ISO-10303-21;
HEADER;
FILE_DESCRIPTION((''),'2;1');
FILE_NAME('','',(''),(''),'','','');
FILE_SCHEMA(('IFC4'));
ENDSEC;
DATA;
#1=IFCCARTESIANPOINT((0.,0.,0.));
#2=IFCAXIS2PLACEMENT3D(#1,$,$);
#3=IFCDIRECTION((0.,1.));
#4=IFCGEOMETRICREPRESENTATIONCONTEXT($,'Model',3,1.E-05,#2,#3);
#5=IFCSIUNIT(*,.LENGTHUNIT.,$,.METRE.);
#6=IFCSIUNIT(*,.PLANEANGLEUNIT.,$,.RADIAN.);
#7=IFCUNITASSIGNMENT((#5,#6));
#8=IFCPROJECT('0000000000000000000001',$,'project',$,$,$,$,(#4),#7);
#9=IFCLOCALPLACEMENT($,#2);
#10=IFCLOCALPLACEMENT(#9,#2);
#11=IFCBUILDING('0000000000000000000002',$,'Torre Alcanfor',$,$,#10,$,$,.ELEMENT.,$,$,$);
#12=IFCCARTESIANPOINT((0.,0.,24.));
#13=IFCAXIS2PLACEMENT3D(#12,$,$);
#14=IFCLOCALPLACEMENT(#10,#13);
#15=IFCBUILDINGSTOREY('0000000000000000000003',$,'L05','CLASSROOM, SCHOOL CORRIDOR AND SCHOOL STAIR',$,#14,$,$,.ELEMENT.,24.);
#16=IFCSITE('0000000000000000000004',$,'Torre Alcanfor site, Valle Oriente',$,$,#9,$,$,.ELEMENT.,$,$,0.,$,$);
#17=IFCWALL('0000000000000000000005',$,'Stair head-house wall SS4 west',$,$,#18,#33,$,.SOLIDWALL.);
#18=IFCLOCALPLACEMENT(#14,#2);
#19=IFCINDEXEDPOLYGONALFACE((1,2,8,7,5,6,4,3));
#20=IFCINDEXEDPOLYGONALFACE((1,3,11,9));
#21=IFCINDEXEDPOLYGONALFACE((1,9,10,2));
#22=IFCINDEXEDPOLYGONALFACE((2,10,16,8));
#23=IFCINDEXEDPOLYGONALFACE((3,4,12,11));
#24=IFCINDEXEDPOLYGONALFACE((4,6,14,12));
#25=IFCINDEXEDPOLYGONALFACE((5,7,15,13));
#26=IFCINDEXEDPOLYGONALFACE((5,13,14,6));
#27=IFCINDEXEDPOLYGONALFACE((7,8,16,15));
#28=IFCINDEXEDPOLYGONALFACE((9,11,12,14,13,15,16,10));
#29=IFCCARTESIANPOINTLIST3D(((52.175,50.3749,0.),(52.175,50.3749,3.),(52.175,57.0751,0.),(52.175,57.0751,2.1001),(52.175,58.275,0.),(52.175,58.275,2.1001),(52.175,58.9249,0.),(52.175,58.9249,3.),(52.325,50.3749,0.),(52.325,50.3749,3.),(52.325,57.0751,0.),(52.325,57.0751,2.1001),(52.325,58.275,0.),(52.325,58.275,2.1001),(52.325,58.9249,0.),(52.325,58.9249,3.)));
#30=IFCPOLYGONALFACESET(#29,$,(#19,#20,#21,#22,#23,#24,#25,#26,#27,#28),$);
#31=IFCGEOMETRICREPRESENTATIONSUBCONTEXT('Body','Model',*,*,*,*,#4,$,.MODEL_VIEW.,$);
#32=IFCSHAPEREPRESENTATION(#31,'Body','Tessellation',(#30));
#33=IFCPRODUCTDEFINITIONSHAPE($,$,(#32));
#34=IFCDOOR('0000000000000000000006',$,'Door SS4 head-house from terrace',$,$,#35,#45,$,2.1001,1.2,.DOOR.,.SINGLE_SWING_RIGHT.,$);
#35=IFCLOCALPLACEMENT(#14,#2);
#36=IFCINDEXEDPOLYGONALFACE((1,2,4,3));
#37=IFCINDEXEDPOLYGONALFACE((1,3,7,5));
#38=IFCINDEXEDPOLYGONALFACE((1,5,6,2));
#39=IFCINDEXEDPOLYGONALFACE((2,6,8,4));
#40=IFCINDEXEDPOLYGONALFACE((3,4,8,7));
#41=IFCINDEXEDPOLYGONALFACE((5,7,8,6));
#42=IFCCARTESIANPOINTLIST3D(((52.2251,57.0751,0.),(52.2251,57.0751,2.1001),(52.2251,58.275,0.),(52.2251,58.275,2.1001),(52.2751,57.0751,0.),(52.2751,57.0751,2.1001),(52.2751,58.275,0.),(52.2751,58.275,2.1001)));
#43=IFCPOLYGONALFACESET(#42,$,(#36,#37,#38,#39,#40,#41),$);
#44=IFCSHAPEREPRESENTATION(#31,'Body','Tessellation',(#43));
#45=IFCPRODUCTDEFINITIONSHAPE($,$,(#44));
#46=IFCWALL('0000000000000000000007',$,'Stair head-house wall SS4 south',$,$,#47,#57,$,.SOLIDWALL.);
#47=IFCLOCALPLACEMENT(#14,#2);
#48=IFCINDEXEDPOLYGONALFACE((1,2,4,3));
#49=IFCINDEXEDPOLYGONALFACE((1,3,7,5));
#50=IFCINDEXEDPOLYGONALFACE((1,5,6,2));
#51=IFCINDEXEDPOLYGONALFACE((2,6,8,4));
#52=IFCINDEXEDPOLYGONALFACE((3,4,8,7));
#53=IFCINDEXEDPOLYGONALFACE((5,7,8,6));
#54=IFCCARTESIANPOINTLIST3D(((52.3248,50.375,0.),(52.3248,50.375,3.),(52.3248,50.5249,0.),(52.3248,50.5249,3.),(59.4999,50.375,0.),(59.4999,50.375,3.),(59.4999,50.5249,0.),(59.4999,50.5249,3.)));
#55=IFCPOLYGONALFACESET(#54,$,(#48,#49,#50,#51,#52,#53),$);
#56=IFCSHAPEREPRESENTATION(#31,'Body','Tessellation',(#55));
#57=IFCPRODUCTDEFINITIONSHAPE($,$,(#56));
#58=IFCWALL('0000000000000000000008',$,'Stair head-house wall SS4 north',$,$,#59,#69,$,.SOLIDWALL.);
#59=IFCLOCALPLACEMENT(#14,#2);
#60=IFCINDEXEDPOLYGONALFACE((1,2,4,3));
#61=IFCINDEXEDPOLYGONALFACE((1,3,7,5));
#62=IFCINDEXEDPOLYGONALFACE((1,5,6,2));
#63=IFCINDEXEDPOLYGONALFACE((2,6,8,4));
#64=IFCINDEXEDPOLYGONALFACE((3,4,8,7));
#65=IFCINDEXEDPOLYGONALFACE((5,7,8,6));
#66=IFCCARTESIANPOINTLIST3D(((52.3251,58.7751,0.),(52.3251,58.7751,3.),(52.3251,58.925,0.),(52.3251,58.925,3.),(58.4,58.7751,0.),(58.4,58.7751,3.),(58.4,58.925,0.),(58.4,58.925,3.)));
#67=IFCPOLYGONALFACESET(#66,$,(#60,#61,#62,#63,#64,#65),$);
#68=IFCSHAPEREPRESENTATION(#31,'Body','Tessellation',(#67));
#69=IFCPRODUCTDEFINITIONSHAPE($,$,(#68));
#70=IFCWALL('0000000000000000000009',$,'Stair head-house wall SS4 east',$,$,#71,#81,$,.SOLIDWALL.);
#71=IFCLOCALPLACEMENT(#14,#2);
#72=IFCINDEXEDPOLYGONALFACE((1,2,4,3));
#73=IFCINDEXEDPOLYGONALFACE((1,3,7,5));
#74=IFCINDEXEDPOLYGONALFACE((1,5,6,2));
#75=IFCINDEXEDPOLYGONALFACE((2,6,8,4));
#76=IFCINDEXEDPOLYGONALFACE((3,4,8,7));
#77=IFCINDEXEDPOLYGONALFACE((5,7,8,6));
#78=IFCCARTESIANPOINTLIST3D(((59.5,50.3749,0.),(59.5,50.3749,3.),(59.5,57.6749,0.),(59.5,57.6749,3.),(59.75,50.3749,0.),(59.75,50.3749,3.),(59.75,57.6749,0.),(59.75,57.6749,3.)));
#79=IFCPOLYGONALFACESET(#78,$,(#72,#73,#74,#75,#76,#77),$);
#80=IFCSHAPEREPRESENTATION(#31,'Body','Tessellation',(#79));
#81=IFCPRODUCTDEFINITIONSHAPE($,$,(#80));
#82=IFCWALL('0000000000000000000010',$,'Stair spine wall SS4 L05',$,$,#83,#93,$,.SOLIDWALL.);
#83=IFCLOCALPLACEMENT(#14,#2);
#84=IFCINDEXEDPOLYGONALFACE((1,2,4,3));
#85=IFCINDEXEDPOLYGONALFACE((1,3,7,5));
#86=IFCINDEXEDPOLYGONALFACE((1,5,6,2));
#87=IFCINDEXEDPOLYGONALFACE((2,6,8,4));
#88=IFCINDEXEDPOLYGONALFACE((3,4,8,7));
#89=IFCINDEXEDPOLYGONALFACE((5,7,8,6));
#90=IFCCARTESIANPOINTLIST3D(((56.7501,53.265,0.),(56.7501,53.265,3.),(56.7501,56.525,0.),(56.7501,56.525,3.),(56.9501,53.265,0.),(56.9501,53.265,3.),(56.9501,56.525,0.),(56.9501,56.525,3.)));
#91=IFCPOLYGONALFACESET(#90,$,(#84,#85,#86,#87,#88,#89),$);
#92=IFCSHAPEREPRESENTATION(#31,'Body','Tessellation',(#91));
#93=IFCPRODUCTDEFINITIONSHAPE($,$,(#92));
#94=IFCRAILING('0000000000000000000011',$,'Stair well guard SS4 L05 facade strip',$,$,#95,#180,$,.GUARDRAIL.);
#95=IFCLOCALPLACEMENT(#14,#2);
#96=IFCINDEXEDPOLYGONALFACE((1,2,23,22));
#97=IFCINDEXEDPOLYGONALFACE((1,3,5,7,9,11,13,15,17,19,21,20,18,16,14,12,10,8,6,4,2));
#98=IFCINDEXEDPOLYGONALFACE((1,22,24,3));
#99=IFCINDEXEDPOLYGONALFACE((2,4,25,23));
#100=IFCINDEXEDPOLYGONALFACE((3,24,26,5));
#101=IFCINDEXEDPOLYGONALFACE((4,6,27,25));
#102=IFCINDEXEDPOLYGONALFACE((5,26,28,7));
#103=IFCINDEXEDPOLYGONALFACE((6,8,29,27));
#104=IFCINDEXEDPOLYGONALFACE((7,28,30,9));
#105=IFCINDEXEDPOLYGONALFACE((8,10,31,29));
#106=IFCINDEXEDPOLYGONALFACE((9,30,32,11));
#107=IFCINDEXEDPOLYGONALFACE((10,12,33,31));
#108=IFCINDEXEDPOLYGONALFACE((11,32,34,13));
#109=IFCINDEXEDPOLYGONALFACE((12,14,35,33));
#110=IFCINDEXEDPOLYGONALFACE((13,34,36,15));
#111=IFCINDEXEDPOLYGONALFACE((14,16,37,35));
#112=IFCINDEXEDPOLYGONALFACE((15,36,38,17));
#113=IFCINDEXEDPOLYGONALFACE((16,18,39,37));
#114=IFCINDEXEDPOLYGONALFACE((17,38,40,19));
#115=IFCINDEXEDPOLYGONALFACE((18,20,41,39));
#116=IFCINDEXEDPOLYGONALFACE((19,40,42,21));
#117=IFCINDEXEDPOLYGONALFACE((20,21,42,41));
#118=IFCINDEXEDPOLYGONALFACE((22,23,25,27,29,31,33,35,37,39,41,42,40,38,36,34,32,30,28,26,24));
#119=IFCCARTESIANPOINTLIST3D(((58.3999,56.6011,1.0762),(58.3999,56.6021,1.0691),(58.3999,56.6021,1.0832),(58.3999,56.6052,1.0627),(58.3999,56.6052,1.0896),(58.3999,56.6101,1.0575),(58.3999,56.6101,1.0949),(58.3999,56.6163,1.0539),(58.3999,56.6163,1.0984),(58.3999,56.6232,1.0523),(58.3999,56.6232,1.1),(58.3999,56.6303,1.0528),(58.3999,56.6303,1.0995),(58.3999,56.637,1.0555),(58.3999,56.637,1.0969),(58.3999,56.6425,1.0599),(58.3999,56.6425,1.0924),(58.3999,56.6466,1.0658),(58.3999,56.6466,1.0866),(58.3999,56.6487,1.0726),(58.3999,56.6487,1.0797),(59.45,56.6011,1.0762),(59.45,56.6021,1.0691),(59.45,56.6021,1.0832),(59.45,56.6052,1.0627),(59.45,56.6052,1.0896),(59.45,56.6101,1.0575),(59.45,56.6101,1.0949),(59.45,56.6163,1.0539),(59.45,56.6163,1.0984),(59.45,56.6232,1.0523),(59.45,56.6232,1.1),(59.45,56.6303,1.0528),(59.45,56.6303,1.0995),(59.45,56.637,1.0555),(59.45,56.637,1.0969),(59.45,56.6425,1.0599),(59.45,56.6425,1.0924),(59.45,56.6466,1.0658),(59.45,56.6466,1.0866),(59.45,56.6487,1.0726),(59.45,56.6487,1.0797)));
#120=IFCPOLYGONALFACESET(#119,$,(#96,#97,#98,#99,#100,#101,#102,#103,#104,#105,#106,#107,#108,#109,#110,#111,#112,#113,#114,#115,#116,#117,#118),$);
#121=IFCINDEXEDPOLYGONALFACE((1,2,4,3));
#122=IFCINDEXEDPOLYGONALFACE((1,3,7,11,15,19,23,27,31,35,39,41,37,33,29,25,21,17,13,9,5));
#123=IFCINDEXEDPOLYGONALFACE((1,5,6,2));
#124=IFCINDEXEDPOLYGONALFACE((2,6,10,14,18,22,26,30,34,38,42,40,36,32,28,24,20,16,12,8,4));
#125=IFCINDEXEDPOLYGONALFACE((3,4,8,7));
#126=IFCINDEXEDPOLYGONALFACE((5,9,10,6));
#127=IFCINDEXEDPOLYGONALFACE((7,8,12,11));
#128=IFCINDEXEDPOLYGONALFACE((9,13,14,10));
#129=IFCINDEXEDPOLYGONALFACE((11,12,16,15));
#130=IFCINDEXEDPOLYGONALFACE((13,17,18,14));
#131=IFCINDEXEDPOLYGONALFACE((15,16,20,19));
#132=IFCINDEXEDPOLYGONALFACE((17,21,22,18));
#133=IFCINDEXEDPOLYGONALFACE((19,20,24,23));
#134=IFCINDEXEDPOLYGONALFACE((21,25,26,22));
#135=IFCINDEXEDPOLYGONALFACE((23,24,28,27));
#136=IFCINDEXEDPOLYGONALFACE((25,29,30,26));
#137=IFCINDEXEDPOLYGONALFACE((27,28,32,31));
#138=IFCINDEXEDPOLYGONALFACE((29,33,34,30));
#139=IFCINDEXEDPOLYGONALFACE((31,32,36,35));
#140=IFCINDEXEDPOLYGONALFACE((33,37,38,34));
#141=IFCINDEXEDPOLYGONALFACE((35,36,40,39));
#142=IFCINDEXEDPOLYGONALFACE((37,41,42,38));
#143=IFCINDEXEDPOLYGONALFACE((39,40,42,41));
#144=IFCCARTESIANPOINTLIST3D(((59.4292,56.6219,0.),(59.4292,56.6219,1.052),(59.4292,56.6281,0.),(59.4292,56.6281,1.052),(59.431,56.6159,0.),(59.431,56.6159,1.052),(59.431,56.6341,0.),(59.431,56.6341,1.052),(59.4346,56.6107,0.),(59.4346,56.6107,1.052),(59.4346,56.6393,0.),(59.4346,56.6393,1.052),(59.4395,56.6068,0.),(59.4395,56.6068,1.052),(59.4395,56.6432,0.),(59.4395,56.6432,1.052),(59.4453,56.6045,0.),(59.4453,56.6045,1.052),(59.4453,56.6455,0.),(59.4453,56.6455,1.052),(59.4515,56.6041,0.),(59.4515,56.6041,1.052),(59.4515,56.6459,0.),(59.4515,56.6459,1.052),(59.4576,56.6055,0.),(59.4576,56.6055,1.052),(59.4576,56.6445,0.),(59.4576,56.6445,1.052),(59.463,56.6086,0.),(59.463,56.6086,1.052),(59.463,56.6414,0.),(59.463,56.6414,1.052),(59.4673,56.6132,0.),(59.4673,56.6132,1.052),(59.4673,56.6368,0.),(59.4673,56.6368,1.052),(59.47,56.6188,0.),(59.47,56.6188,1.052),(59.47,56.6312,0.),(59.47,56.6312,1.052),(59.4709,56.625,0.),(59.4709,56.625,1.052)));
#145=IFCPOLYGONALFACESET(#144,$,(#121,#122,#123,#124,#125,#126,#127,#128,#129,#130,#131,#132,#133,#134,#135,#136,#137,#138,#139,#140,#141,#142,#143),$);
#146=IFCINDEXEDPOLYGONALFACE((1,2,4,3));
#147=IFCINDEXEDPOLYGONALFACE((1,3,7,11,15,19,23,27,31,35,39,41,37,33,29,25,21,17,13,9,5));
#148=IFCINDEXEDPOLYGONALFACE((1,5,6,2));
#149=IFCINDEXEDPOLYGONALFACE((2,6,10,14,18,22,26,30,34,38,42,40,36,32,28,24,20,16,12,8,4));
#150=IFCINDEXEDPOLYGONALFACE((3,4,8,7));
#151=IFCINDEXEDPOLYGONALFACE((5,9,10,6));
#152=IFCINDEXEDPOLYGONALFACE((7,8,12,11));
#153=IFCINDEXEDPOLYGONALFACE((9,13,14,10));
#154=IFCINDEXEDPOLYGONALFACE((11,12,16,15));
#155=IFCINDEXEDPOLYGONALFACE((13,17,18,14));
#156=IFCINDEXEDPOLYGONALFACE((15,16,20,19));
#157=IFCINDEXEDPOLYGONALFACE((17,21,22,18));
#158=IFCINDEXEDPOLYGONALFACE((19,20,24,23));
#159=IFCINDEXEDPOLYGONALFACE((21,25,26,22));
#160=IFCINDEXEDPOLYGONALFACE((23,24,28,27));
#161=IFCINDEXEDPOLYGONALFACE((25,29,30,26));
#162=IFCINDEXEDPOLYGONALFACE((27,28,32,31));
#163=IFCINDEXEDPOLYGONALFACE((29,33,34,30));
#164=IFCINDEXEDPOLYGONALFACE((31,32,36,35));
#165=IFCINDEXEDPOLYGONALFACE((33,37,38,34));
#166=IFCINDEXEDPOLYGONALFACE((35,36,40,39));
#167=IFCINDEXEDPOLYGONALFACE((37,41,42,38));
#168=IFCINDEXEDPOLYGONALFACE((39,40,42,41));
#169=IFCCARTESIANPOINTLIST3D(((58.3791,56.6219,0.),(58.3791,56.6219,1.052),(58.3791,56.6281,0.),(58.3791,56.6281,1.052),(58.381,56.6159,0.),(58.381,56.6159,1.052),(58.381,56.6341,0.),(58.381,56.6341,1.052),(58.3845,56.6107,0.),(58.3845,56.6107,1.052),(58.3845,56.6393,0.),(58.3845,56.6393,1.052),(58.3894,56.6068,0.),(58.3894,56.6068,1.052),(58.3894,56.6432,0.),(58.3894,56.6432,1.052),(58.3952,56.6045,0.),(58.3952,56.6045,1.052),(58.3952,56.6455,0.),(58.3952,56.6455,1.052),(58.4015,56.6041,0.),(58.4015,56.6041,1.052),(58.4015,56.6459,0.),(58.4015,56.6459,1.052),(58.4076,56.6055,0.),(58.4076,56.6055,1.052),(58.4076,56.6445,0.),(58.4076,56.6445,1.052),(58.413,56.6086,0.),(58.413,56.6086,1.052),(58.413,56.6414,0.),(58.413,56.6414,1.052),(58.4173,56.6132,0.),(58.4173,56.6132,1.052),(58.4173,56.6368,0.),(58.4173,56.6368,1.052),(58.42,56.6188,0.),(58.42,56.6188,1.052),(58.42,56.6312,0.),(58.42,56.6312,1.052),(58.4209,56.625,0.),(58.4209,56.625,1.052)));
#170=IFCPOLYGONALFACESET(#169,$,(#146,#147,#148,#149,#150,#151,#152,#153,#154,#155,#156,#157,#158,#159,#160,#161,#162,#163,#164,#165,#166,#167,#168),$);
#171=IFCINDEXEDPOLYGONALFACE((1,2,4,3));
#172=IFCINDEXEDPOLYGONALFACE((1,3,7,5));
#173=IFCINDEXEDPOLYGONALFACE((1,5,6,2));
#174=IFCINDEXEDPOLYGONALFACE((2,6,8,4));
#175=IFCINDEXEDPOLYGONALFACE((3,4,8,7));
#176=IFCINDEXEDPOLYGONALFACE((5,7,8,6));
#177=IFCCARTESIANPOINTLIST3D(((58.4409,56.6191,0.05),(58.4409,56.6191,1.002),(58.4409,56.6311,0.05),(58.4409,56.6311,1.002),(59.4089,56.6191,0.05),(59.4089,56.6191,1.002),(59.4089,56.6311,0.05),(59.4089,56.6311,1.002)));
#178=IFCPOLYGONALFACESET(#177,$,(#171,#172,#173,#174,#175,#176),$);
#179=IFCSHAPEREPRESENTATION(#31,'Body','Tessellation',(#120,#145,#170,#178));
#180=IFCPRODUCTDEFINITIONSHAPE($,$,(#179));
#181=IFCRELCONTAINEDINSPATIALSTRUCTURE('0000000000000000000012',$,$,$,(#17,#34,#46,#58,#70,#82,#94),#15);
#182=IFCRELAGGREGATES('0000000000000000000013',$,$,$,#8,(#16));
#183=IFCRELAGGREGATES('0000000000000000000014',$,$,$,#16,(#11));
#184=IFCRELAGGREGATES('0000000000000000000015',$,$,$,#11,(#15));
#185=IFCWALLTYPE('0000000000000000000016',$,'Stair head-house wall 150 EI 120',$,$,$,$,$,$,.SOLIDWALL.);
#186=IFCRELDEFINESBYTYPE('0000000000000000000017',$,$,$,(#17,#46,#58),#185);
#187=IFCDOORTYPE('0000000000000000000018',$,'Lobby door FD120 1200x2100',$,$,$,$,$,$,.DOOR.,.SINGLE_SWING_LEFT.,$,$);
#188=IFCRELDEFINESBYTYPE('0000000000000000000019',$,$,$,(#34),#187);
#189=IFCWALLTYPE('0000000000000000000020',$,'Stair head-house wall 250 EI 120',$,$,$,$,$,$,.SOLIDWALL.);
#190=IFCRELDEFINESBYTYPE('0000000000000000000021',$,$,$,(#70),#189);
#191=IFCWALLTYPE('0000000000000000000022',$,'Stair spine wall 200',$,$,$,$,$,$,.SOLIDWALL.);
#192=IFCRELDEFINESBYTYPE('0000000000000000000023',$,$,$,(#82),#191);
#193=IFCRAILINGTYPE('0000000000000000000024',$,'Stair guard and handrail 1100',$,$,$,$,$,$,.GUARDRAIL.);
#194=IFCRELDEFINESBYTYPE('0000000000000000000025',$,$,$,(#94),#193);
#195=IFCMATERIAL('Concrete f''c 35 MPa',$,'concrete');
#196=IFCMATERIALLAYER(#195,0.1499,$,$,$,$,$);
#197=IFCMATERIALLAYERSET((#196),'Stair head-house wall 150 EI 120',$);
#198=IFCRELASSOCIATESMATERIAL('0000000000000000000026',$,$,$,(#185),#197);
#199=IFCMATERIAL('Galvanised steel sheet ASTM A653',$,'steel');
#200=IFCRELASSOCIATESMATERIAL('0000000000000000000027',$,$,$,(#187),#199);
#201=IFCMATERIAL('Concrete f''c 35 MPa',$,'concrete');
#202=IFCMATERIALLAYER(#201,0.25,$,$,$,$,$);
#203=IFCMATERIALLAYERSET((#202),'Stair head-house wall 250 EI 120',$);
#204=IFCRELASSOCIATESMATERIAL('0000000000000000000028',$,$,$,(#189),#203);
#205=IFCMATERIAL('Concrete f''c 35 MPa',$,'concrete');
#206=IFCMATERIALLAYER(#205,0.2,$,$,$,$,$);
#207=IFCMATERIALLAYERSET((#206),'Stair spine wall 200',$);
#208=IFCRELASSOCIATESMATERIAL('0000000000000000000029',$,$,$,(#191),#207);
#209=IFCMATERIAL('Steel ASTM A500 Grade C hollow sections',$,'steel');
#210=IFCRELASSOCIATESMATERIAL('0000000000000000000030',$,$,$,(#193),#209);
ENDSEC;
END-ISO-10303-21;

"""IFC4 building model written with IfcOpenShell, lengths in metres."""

from ifc_helpers import new_model, si_unit, direction, frame, frame_2d, origin, origin_2d, place, context, subcontext, project, spatial, polyline, rectangle, circle, outline, extrude, material, layer, layer_set, type_object, element, fill, save


model = new_model("IFC4")

# Units and contexts
model_context = context("Model", 3, precision=1e-05, world=origin(), true_north=direction((0.0, 1.0)))
body_context = subcontext(model_context, "Body", "Model", "MODEL_VIEW")
ifc_project = project(units=[si_unit("LENGTHUNIT", "METRE"), si_unit("PLANEANGLEUNIT", "RADIAN")], contexts=[model_context])

# Site, building, storey
site_placement = place(None, origin())
site = spatial("IfcSite", under=ifc_project, at=site_placement, Name="Torre Alcanfor site, Valle Oriente", CompositionType="ELEMENT", RefElevation=0.0)
building_placement = place(site_placement, origin())
building = spatial("IfcBuilding", under=site, at=building_placement, Name="Torre Alcanfor", CompositionType="ELEMENT")
storey_placement = place(building_placement, frame((0.0, 0.0, 24.0)))
storey = spatial("IfcBuildingStorey", under=building, at=storey_placement, Name="L05", Description="CLASSROOM, SCHOOL CORRIDOR AND SCHOOL STAIR", CompositionType="ELEMENT", Elevation=24.0)

# Wall, opening, door
ifc_material_1 = material(Name="Concrete f'c 35 MPa", Category="concrete")
ifc_layer_1 = layer(ifc_material_1, 0.1499)
ifc_layer_set_1 = layer_set([ifc_layer_1], Name="Stair head-house wall 150 EI 120")
wall_type_1 = type_object("IfcWallType", Name="Stair head-house wall 150 EI 120", PredefinedType="SOLIDWALL", material=ifc_layer_set_1)
wall_1_placement = place(storey_placement, frame((52.25, 50.375, 0.0), z_axis=(0.0, 0.0, 1.0), x_axis=(0.0, 1.0, 0.0)))
wall_1 = element("IfcWall", 1, at=wall_1_placement, inside=storey, type_object=wall_type_1, Name="Stair head-house wall SS4 west", PredefinedType="SOLIDWALL", context=body_context, shape_type="SweptSolid", body=[
    extrude(rectangle(XDim=8.55, YDim=0.1499, at=frame_2d((4.2749, 0.0))), origin(), (0.0, 0.0, 1.0), 3.0),
])
opening_1_placement = place(wall_1_placement, frame((6.7, 0.0, 0.0)))
opening_1 = element("IfcOpeningElement", 2, at=opening_1_placement, cuts=wall_1, PredefinedType="OPENING", context=body_context, shape_type="SweptSolid", body=[
    extrude(rectangle(XDim=1.2, YDim=2.1001, at=frame_2d((0.6001, 1.05))), frame((0.0, 0.085, 0.0), z_axis=(0.0, -1.0, 0.0), x_axis=(1.0, 0.0, 0.0)), (0.0, 0.0, 1.0), 0.1699),
])
ifc_material_2 = material(Name="Galvanised steel sheet ASTM A653", Category="steel")
door_type_1 = type_object("IfcDoorType", Name="Lobby door FD120 1200x2100", OperationType="SINGLE_SWING_LEFT", PredefinedType="DOOR", material=ifc_material_2)
door_1_placement = place(opening_1_placement, origin())
door_1 = element("IfcDoor", 3, at=door_1_placement, inside=storey, type_object=door_type_1, Name="Door SS4 head-house from terrace", OperationType="SINGLE_SWING_RIGHT", OverallHeight=2.1001, OverallWidth=1.2, PredefinedType="DOOR", context=body_context, shape_type="SweptSolid", body=[
    extrude(rectangle(XDim=1.2, YDim=2.1001, at=frame_2d((0.6001, 1.05))), frame((0.0, 0.0249, 0.0), z_axis=(0.0, -1.0, 0.0), x_axis=(1.0, 0.0, 0.0)), (0.0, 0.0, 1.0), 0.05),
])
fill(opening_1, door_1)

# Walls
wall_2_placement = place(storey_placement, frame((52.325, 50.45, 0.0), z_axis=(0.0, 0.0, 1.0), x_axis=(1.0, 0.0, 0.0)))
element("IfcWall", 4, at=wall_2_placement, inside=storey, type_object=wall_type_1, Name="Stair head-house wall SS4 south", PredefinedType="SOLIDWALL", context=body_context, shape_type="SweptSolid", body=[
    extrude(rectangle(XDim=7.175, YDim=0.1499, at=frame_2d((3.5874, 0.0))), origin(), (0.0, 0.0, 1.0), 3.0),
])
wall_3_placement = place(storey_placement, frame((52.325, 58.8501, 0.0), z_axis=(0.0, 0.0, 1.0), x_axis=(1.0, 0.0, 0.0)))
element("IfcWall", 5, at=wall_3_placement, inside=storey, type_object=wall_type_1, Name="Stair head-house wall SS4 north", PredefinedType="SOLIDWALL", context=body_context, shape_type="SweptSolid", body=[
    extrude(rectangle(XDim=6.075, YDim=0.1499, at=frame_2d((3.0376, 0.0))), origin(), (0.0, 0.0, 1.0), 3.0),
])
ifc_material_3 = material(Name="Concrete f'c 35 MPa", Category="concrete")
ifc_layer_2 = layer(ifc_material_3, 0.25)
ifc_layer_set_2 = layer_set([ifc_layer_2], Name="Stair head-house wall 250 EI 120")
wall_type_2 = type_object("IfcWallType", Name="Stair head-house wall 250 EI 120", PredefinedType="SOLIDWALL", material=ifc_layer_set_2)
wall_4_placement = place(storey_placement, frame((59.625, 50.375, 0.0), z_axis=(0.0, 0.0, 1.0), x_axis=(0.0, 1.0, 0.0)))
element("IfcWall", 6, at=wall_4_placement, inside=storey, type_object=wall_type_2, Name="Stair head-house wall SS4 east", PredefinedType="SOLIDWALL", context=body_context, shape_type="SweptSolid", body=[
    extrude(rectangle(XDim=7.3, YDim=0.25, at=frame_2d((3.6499, 0.0))), origin(), (0.0, 0.0, 1.0), 3.0),
])
ifc_material_4 = material(Name="Concrete f'c 35 MPa", Category="concrete")
ifc_layer_3 = layer(ifc_material_4, 0.2)
ifc_layer_set_3 = layer_set([ifc_layer_3], Name="Stair spine wall 200")
wall_type_3 = type_object("IfcWallType", Name="Stair spine wall 200", PredefinedType="SOLIDWALL", material=ifc_layer_set_3)
wall_5_placement = place(storey_placement, frame((56.8501, 56.5249, 0.0), z_axis=(0.0, 0.0, 1.0), x_axis=(0.0, -1.0, 0.0)))
element("IfcWall", 7, at=wall_5_placement, inside=storey, type_object=wall_type_3, Name="Stair spine wall SS4 L05", PredefinedType="SOLIDWALL", context=body_context, shape_type="SweptSolid", body=[
    extrude(rectangle(XDim=3.26, YDim=0.2, at=frame_2d((1.6299, 0.0))), origin(), (0.0, 0.0, 1.0), 3.0),
])

# Railing
ifc_material_5 = material(Name="Steel ASTM A500 Grade C hollow sections", Category="steel")
railing_type = type_object("IfcRailingType", Name="Stair guard and handrail 1100", PredefinedType="GUARDRAIL", material=ifc_material_5)
railing_1_placement = place(storey_placement, frame((59.45, 56.625, 0.0)))
element("IfcRailing", 8, at=railing_1_placement, inside=storey, type_object=railing_type, Name="Stair well guard SS4 L05 facade strip", PredefinedType="GUARDRAIL", context=body_context, shape_type="SweptSolid", body=[
    extrude(circle(Radius=0.0239, at=origin_2d()), frame((0.0, 0.0, 1.0762), z_axis=(-1.0, 0.0, 0.0), x_axis=(0.0, -1.0, 0.0)), (0.0, 0.0, 1.0), 1.05),
    extrude(circle(Radius=0.021, at=origin_2d()), origin(), (0.0, 0.0, 1.0), 1.052),
    extrude(circle(Radius=0.021, at=origin_2d()), frame((-1.05, 0.0, 0.0)), (0.0, 0.0, 1.0), 1.052),
    extrude(outline(polyline([(0.041, 0.05), (1.009, 0.05), (1.009, 1.002), (0.041, 1.002), (0.041, 0.05)])), frame((0.0, -0.0059, 0.0), z_axis=(0.0, 1.0, 0.0), x_axis=(-1.0, 0.0, 0.0)), (0.0, 0.0, 1.0), 0.012),
])

save(model, "model.ifc")
